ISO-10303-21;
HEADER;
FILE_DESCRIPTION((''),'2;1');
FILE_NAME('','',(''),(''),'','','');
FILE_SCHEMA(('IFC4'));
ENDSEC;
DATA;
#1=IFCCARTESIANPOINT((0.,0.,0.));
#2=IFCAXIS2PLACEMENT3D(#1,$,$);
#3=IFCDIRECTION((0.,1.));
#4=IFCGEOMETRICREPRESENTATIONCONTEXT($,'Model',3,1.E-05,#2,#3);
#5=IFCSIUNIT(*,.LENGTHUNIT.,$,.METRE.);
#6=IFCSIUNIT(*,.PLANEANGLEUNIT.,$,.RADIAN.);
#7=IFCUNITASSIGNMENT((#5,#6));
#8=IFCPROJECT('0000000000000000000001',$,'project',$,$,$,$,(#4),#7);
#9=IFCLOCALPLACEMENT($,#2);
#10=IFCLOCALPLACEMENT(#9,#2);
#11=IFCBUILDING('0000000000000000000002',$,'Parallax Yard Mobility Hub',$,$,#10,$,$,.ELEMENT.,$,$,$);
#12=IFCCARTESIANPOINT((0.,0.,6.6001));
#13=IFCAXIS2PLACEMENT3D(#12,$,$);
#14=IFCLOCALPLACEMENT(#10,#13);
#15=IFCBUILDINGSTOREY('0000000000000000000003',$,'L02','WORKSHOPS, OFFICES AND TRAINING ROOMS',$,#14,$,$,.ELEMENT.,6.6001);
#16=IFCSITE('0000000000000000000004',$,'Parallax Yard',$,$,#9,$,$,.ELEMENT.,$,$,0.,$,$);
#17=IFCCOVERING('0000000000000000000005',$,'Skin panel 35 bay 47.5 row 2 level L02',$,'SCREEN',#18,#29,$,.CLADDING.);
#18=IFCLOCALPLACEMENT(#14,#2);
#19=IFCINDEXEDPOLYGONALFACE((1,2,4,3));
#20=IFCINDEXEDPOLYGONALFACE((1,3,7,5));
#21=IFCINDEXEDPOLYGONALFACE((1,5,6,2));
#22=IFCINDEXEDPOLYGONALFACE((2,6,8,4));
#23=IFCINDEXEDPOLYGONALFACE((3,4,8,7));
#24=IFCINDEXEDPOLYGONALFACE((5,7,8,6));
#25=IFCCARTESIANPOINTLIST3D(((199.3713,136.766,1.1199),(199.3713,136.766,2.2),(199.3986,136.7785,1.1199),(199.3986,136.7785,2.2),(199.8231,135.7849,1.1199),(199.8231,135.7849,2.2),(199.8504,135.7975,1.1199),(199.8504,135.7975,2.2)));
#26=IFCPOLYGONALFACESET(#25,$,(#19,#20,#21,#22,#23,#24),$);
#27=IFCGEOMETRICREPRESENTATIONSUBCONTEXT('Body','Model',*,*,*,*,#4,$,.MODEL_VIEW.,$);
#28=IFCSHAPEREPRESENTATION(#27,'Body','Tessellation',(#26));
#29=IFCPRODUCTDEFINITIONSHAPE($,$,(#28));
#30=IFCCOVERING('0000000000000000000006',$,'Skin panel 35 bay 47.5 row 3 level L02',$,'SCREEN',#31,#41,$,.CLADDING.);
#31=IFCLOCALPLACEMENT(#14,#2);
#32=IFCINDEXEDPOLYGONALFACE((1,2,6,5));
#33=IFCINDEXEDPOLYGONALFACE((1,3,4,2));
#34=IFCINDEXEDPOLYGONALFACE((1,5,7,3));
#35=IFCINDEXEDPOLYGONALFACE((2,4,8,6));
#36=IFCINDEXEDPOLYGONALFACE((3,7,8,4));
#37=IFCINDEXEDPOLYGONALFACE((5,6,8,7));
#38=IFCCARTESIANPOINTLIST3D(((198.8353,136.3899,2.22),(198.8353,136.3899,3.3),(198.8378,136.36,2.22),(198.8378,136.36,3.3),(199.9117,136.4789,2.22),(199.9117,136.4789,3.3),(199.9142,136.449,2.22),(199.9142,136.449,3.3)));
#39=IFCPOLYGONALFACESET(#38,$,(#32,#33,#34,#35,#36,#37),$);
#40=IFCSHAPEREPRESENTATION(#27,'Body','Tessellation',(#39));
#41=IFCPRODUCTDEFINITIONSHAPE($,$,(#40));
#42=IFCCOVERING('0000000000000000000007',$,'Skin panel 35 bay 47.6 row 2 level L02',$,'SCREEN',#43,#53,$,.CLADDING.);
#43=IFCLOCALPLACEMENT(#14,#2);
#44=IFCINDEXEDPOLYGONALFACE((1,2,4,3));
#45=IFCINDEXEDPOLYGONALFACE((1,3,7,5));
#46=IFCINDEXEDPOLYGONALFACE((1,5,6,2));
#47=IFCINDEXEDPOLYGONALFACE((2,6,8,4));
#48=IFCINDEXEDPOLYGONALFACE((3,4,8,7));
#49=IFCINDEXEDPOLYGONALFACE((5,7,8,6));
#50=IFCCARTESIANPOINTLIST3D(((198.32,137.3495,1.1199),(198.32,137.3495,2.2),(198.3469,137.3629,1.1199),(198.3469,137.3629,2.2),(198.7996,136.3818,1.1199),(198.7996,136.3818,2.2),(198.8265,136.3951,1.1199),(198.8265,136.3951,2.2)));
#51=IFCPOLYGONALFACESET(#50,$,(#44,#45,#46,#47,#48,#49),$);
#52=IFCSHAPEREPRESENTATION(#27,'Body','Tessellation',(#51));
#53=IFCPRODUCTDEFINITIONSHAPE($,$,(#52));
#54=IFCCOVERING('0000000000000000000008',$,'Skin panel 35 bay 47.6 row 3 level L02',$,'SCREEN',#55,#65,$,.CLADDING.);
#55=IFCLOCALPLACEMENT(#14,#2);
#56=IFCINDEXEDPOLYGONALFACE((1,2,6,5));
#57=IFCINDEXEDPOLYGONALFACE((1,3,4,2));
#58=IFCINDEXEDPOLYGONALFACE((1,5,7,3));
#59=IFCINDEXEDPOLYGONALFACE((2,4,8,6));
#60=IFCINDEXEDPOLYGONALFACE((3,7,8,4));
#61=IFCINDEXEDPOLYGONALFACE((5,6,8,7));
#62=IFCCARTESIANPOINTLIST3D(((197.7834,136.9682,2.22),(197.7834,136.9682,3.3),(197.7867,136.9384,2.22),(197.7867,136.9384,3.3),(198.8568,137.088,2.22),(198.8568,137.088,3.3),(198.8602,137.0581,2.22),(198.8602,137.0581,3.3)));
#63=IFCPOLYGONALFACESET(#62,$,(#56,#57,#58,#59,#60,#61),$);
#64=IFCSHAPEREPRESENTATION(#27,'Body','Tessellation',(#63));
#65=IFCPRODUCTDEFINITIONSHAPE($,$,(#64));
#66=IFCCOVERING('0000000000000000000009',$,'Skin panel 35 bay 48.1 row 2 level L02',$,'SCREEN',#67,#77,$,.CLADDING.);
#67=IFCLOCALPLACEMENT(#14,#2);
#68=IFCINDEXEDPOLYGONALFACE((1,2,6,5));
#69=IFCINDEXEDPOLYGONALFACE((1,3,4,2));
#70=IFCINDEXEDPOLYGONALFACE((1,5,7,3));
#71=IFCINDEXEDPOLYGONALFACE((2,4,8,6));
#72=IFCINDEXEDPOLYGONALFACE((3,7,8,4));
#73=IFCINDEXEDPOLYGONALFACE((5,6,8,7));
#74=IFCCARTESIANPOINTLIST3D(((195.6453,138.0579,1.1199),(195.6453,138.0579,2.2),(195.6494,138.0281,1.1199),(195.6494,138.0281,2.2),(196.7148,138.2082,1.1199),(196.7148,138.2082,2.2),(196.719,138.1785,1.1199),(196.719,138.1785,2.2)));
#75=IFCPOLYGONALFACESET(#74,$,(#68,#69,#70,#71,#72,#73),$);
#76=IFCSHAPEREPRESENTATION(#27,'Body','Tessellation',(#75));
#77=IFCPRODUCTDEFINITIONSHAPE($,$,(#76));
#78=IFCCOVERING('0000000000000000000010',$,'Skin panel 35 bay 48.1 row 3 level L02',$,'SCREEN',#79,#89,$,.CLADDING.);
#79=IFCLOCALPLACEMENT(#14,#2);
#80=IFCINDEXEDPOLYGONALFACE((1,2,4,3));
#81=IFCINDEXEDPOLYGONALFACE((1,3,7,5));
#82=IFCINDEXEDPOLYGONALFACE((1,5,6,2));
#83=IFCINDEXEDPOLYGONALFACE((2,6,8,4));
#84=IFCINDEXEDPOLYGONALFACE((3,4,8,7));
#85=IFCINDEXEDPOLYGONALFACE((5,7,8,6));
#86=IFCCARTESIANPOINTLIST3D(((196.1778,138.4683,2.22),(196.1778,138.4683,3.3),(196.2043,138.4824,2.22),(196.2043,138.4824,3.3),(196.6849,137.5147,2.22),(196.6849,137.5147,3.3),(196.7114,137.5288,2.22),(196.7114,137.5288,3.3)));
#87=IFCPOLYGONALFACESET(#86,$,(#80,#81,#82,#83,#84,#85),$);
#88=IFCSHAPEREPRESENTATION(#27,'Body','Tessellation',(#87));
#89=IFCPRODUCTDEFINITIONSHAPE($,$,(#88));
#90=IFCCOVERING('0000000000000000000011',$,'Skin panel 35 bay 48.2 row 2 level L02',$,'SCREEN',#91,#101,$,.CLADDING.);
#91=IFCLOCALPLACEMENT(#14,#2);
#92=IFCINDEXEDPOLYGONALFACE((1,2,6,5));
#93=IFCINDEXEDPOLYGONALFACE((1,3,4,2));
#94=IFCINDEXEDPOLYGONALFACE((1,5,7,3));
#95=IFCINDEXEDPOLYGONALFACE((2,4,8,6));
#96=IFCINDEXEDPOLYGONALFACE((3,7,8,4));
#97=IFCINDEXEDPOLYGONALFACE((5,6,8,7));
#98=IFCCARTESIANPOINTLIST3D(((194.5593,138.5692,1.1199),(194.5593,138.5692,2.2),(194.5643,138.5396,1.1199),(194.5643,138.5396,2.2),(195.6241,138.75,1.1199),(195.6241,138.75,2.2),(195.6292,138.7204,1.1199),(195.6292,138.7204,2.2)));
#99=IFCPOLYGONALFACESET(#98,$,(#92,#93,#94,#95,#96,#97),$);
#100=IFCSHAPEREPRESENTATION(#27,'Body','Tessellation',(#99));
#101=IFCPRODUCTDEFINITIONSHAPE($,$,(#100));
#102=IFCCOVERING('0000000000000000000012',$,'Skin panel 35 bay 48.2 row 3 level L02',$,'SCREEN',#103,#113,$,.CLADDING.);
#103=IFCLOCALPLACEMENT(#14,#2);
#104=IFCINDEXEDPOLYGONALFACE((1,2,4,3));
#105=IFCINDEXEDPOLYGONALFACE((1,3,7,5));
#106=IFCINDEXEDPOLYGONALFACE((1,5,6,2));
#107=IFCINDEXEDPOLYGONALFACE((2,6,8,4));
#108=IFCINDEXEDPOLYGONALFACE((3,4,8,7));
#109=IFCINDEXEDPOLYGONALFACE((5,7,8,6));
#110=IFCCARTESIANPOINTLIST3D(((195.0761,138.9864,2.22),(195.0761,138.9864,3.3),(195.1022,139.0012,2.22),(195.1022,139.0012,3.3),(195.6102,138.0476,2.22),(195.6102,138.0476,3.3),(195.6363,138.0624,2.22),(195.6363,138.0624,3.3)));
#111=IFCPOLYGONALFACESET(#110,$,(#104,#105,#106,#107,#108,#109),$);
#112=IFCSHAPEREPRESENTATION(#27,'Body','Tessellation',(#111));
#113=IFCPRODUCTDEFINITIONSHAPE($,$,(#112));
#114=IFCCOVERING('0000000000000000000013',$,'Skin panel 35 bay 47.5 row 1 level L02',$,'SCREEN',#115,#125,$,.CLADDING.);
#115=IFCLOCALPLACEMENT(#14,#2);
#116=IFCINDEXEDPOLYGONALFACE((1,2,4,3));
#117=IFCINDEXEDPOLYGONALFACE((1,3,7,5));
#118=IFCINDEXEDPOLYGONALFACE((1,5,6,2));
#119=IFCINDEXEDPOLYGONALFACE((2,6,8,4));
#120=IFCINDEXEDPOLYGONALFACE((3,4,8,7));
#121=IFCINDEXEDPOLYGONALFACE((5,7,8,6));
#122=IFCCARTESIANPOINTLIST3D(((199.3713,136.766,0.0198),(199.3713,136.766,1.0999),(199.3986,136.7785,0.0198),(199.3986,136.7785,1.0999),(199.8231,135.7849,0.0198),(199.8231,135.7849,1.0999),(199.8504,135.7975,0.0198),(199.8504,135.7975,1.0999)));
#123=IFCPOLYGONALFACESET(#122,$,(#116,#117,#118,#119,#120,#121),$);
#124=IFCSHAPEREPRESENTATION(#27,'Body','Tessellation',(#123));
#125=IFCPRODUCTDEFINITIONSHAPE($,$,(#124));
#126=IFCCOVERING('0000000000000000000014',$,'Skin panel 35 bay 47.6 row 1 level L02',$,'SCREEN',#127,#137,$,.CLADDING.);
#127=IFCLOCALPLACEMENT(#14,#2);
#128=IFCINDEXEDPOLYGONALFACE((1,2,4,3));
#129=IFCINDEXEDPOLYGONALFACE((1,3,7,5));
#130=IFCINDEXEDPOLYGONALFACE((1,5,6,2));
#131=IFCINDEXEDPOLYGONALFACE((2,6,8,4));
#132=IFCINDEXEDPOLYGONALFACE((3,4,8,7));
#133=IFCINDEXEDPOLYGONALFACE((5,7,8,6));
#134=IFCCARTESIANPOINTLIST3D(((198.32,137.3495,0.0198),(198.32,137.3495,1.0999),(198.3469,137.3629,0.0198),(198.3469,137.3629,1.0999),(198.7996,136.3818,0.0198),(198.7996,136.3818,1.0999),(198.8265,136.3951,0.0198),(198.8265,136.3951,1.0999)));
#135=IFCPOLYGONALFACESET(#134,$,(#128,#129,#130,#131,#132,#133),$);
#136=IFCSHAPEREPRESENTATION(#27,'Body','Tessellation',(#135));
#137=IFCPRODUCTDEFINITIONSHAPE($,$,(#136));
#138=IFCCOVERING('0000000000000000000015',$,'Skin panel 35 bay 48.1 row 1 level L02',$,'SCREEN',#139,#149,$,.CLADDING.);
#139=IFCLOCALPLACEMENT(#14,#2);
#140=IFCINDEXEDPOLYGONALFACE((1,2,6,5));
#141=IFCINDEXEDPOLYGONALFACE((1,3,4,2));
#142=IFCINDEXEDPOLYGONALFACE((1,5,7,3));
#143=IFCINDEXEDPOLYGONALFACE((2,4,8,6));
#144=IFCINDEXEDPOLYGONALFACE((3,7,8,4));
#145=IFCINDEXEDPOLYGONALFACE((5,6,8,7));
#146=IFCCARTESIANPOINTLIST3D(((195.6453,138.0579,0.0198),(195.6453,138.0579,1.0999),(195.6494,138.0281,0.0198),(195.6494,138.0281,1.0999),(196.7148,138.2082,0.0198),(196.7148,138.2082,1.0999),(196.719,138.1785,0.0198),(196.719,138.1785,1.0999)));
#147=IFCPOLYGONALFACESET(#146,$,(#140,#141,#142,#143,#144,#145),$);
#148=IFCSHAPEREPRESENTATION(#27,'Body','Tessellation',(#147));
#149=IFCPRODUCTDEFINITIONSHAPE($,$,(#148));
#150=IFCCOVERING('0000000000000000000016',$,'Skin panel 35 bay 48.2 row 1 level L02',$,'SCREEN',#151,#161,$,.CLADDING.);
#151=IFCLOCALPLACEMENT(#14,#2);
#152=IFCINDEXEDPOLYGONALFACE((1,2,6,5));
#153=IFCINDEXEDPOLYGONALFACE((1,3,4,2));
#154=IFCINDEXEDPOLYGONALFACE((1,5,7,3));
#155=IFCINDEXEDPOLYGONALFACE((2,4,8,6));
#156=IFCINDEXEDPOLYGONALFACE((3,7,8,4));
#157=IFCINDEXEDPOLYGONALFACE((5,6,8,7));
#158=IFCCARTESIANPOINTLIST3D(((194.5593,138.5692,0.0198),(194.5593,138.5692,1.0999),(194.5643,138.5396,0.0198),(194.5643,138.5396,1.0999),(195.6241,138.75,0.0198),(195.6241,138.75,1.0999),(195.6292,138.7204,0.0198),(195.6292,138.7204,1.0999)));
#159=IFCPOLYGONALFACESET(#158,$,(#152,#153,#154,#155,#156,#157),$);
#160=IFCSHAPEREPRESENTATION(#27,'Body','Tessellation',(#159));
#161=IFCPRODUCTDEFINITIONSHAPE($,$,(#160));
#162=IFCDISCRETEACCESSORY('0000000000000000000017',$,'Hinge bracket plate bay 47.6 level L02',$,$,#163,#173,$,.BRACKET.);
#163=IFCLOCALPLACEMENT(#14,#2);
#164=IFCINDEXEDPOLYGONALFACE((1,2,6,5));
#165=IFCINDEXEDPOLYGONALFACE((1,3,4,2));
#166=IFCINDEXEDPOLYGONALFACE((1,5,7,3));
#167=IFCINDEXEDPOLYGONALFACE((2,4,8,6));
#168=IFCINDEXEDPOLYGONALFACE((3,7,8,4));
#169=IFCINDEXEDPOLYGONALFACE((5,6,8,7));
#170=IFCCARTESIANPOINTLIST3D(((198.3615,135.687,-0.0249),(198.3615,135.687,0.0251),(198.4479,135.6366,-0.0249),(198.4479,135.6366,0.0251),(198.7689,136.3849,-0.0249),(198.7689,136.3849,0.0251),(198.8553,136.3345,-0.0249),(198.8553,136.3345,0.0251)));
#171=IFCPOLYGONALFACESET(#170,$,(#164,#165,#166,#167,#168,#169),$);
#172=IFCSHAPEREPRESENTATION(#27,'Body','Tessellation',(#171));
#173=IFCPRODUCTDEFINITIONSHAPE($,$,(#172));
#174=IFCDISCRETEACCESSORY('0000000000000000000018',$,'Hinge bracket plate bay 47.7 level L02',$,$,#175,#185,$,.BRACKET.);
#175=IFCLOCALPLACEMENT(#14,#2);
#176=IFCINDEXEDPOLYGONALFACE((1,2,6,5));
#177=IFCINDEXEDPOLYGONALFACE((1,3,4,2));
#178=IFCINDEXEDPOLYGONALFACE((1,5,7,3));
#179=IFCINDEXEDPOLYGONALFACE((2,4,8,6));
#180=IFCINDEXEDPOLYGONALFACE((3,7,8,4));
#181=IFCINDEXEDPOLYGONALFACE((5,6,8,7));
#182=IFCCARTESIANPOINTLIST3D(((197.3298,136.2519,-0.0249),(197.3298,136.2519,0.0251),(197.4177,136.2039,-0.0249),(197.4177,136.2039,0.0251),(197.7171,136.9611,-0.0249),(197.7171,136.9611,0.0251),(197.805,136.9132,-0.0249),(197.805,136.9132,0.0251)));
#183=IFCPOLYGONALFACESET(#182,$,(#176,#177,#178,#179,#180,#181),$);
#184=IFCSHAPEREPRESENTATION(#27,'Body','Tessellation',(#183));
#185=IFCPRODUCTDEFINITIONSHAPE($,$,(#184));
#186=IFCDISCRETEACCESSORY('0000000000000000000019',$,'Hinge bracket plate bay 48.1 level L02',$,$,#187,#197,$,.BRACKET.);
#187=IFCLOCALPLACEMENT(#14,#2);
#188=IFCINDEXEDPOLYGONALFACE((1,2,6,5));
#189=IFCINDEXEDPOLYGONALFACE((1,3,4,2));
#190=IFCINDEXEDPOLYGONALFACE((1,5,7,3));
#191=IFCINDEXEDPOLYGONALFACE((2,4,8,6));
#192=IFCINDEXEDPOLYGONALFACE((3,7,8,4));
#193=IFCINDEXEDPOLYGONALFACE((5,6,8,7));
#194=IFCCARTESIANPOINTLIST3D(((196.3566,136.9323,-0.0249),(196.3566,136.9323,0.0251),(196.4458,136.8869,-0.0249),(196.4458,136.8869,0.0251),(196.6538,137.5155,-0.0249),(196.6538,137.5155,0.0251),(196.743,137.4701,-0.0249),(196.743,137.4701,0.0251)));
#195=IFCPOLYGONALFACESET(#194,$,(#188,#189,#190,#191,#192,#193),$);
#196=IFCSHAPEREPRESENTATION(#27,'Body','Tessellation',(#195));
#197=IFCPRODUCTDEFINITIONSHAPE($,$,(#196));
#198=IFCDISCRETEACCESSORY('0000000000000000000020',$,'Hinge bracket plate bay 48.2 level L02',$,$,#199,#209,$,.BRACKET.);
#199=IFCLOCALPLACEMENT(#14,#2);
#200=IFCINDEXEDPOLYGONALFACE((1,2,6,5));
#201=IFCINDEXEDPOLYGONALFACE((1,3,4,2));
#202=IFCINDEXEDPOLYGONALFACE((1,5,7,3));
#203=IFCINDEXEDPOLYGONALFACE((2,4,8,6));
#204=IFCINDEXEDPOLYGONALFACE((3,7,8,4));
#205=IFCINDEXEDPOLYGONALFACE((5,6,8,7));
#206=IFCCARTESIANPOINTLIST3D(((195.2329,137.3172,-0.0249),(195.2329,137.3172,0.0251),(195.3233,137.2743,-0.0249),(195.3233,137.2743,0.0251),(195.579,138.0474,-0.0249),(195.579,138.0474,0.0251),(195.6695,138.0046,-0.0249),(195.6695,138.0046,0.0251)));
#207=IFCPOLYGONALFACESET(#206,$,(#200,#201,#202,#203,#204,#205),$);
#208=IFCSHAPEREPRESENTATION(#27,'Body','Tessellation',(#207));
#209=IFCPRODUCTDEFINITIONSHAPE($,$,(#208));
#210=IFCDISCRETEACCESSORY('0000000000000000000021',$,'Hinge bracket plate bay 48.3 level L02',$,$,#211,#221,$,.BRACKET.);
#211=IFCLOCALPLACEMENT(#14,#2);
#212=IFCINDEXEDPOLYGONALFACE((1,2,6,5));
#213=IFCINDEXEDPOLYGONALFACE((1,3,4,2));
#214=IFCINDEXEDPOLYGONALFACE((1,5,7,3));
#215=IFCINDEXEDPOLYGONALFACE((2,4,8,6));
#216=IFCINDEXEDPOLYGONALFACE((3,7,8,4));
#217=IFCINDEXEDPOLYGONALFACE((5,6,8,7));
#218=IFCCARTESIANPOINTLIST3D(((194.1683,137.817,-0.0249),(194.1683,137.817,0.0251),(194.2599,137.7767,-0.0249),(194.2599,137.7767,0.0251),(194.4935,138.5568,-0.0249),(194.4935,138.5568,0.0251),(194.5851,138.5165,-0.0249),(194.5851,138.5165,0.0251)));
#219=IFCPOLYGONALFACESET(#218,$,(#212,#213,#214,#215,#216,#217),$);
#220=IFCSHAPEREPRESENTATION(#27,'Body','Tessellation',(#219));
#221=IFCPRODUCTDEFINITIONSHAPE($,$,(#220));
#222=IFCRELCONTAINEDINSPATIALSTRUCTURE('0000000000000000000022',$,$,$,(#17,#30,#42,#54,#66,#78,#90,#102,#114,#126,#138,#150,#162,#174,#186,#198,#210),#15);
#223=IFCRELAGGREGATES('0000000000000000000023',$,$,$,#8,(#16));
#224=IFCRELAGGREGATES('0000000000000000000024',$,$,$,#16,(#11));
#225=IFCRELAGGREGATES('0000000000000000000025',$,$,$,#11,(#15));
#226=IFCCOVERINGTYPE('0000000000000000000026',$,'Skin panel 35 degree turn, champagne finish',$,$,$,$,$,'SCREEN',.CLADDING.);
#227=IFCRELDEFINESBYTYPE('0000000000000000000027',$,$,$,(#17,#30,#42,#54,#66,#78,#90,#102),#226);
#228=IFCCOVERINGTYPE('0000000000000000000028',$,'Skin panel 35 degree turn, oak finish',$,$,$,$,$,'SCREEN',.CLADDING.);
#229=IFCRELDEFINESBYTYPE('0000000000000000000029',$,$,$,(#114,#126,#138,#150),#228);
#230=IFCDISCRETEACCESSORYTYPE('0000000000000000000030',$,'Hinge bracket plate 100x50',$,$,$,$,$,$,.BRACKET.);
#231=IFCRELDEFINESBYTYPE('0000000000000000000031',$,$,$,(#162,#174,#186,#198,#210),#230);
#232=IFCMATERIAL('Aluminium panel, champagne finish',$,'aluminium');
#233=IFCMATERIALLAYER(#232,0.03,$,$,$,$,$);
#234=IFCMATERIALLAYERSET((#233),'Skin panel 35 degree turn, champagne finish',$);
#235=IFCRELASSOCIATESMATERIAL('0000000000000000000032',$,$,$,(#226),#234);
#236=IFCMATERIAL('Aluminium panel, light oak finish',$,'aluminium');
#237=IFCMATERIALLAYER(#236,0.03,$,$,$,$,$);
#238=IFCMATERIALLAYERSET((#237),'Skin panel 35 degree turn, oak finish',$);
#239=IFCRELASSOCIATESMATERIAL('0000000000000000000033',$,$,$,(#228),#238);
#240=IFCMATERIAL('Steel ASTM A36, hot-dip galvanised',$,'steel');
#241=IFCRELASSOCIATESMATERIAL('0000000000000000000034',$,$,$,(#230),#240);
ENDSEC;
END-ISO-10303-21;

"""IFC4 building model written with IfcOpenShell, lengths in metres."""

from ifc_helpers import new_model, si_unit, direction, frame, origin, origin_2d, place, context, subcontext, project, spatial, rectangle, extrude, material, layer, layer_set, type_object, element, save


model = new_model("IFC4")

# Units and contexts
model_context = context("Model", 3, precision=1e-05, world=origin(), true_north=direction((0.0, 1.0)))
body_context = subcontext(model_context, "Body", "Model", "MODEL_VIEW")
ifc_project = project(units=[si_unit("LENGTHUNIT", "METRE"), si_unit("PLANEANGLEUNIT", "RADIAN")], contexts=[model_context])

# Site, building, storey
site_placement = place(None, origin())
site = spatial("IfcSite", under=ifc_project, at=site_placement, Name="Parallax Yard", CompositionType="ELEMENT", RefElevation=0.0)
building_placement = place(site_placement, origin())
building = spatial("IfcBuilding", under=site, at=building_placement, Name="Parallax Yard Mobility Hub", CompositionType="ELEMENT")
storey_placement = place(building_placement, frame((0.0, 0.0, 6.6001)))
storey = spatial("IfcBuildingStorey", under=building, at=storey_placement, Name="L02", Description="WORKSHOPS, OFFICES AND TRAINING ROOMS", CompositionType="ELEMENT", Elevation=6.6001)

# Coverings
ifc_material_1 = material(Name="Aluminium panel, champagne finish", Category="aluminium")
ifc_material_2 = material(Name="Aluminium panel, light oak finish", Category="aluminium")
ifc_layer_1 = layer(ifc_material_1, 0.03)
ifc_layer_set_1 = layer_set([ifc_layer_1], Name="Skin panel 35 degree turn, champagne finish")
covering_type_1 = type_object("IfcCoveringType", Name="Skin panel 35 degree turn, champagne finish", ElementType="SCREEN", PredefinedType="CLADDING", material=ifc_layer_set_1)
for number, where, z_axis, x_axis, name in (
    (1, (199.6108, 136.2817, 1.1199), (0.0, 0.0, 1.0), (-0.4183, 0.908309, 0.0), "Skin panel 35 bay 47.5 row 2 level L02"),
    (2, (199.3748, 136.4194, 2.22), (0.0, 0.0, 1.0), (0.996598, 0.082413, 0.0), "Skin panel 35 bay 47.5 row 3 level L02"),
    (3, (198.5732, 136.8723, 1.1199), (0.0, 0.0, 1.0), (-0.444066, 0.895994, 0.0), "Skin panel 35 bay 47.6 row 2 level L02"),
    (4, (198.3218, 137.0132, 2.22), (0.0, 0.0, 1.0), (0.993839, 0.110838, 0.0), "Skin panel 35 bay 47.6 row 3 level L02"),
    (5, (196.1821, 138.1182, 1.1199), (0.0, 0.0, 1.0), (0.990268, 0.139173, 0.0), "Skin panel 35 bay 48.1 row 2 level L02"),
    (6, (196.4446, 137.9985, 2.22), (0.0, 0.0, 1.0), (-0.469472, 0.882948, 0.0), "Skin panel 35 bay 48.1 row 3 level L02"),
    (7, (195.0942, 138.6448, 1.1199), (0.0, 0.0, 1.0), (0.98589, 0.167395, 0.0), "Skin panel 35 bay 48.2 row 2 level L02"),
    (8, (195.3562, 138.5244, 2.22), (0.0, 0.0, 1.0), (-0.494494, 0.869181, 0.0), "Skin panel 35 bay 48.2 row 3 level L02"),
):
    element("IfcCovering", number, at=place(storey_placement, frame(where, z_axis=z_axis, x_axis=x_axis)), inside=storey, type_object=covering_type_1, Name=name, ObjectType="SCREEN", PredefinedType="CLADDING", context=body_context, shape_type="SweptSolid", body=[
        extrude(rectangle(XDim=1.0801, YDim=0.03, at=origin_2d()), origin(), (0.0, 0.0, 1.0), 1.0801),
    ])
ifc_layer_2 = layer(ifc_material_2, 0.03)
ifc_layer_set_2 = layer_set([ifc_layer_2], Name="Skin panel 35 degree turn, oak finish")
covering_type_2 = type_object("IfcCoveringType", Name="Skin panel 35 degree turn, oak finish", ElementType="SCREEN", PredefinedType="CLADDING", material=ifc_layer_set_2)
for number, where, z_axis, x_axis, name in (
    (9, (199.6108, 136.2817, 0.0198), (0.0, 0.0, 1.0), (-0.4183, 0.908309, 0.0), "Skin panel 35 bay 47.5 row 1 level L02"),
    (10, (198.5732, 136.8723, 0.0198), (0.0, 0.0, 1.0), (-0.444066, 0.895994, 0.0), "Skin panel 35 bay 47.6 row 1 level L02"),
    (11, (196.1821, 138.1182, 0.0198), (0.0, 0.0, 1.0), (0.990268, 0.139173, 0.0), "Skin panel 35 bay 48.1 row 1 level L02"),
    (12, (195.0942, 138.6448, 0.0198), (0.0, 0.0, 1.0), (0.98589, 0.167395, 0.0), "Skin panel 35 bay 48.2 row 1 level L02"),
):
    element("IfcCovering", number, at=place(storey_placement, frame(where, z_axis=z_axis, x_axis=x_axis)), inside=storey, type_object=covering_type_2, Name=name, ObjectType="SCREEN", PredefinedType="CLADDING", context=body_context, shape_type="SweptSolid", body=[
        extrude(rectangle(XDim=1.0801, YDim=0.03, at=origin_2d()), origin(), (0.0, 0.0, 1.0), 1.0801),
    ])

# Discrete accessories
ifc_material_3 = material(Name="Steel ASTM A36, hot-dip galvanised", Category="steel")
discrete_accessory_type_1 = type_object("IfcDiscreteAccessoryType", Name="Hinge bracket plate 100x50", PredefinedType="BRACKET", material=ifc_material_3)
for number, where, z_axis, x_axis, name in (
    (13, (198.6084, 136.0107, -0.0249), (0.0, 0.0, 1.0), (0.504116, 0.863636, 0.0), "Hinge bracket plate bay 47.6 level L02"),
    (14, (197.5674, 136.5825, -0.0249), (0.0, 0.0, 1.0), (0.47925, 0.877679, 0.0), "Hinge bracket plate bay 47.7 level L02"),
):
    element("IfcDiscreteAccessory", number, at=place(storey_placement, frame(where, z_axis=z_axis, x_axis=x_axis)), inside=storey, type_object=discrete_accessory_type_1, Name=name, PredefinedType="BRACKET", context=body_context, shape_type="SweptSolid", body=[
        extrude(rectangle(XDim=0.8081, YDim=0.1001, at=origin_2d()), origin(), (0.0, 0.0, 1.0), 0.05),
    ])
discrete_accessory_placement = place(storey_placement, frame((196.5498, 137.2012, -0.0249), z_axis=(0.0, 0.0, 1.0), x_axis=(0.45399, 0.891007, 0.0)))
element("IfcDiscreteAccessory", 15, at=discrete_accessory_placement, inside=storey, type_object=discrete_accessory_type_1, Name="Hinge bracket plate bay 48.1 level L02", PredefinedType="BRACKET", context=body_context, shape_type="SweptSolid", body=[
    extrude(rectangle(XDim=0.6545, YDim=0.1001, at=origin_2d()), origin(), (0.0, 0.0, 1.0), 0.05),
])
for number, where, z_axis, x_axis, name in (
    (16, (195.4512, 137.6609, -0.0249), (0.0, 0.0, 1.0), (0.428361, 0.903608, 0.0), "Hinge bracket plate bay 48.2 level L02"),
    (17, (194.3767, 138.1667, -0.0249), (0.0, 0.0, 1.0), (0.402384, 0.915471, 0.0), "Hinge bracket plate bay 48.3 level L02"),
):
    element("IfcDiscreteAccessory", number, at=place(storey_placement, frame(where, z_axis=z_axis, x_axis=x_axis)), inside=storey, type_object=discrete_accessory_type_1, Name=name, PredefinedType="BRACKET", context=body_context, shape_type="SweptSolid", body=[
        extrude(rectangle(XDim=0.8081, YDim=0.1001, at=origin_2d()), origin(), (0.0, 0.0, 1.0), 0.05),
    ])

save(model, "model.ifc")
